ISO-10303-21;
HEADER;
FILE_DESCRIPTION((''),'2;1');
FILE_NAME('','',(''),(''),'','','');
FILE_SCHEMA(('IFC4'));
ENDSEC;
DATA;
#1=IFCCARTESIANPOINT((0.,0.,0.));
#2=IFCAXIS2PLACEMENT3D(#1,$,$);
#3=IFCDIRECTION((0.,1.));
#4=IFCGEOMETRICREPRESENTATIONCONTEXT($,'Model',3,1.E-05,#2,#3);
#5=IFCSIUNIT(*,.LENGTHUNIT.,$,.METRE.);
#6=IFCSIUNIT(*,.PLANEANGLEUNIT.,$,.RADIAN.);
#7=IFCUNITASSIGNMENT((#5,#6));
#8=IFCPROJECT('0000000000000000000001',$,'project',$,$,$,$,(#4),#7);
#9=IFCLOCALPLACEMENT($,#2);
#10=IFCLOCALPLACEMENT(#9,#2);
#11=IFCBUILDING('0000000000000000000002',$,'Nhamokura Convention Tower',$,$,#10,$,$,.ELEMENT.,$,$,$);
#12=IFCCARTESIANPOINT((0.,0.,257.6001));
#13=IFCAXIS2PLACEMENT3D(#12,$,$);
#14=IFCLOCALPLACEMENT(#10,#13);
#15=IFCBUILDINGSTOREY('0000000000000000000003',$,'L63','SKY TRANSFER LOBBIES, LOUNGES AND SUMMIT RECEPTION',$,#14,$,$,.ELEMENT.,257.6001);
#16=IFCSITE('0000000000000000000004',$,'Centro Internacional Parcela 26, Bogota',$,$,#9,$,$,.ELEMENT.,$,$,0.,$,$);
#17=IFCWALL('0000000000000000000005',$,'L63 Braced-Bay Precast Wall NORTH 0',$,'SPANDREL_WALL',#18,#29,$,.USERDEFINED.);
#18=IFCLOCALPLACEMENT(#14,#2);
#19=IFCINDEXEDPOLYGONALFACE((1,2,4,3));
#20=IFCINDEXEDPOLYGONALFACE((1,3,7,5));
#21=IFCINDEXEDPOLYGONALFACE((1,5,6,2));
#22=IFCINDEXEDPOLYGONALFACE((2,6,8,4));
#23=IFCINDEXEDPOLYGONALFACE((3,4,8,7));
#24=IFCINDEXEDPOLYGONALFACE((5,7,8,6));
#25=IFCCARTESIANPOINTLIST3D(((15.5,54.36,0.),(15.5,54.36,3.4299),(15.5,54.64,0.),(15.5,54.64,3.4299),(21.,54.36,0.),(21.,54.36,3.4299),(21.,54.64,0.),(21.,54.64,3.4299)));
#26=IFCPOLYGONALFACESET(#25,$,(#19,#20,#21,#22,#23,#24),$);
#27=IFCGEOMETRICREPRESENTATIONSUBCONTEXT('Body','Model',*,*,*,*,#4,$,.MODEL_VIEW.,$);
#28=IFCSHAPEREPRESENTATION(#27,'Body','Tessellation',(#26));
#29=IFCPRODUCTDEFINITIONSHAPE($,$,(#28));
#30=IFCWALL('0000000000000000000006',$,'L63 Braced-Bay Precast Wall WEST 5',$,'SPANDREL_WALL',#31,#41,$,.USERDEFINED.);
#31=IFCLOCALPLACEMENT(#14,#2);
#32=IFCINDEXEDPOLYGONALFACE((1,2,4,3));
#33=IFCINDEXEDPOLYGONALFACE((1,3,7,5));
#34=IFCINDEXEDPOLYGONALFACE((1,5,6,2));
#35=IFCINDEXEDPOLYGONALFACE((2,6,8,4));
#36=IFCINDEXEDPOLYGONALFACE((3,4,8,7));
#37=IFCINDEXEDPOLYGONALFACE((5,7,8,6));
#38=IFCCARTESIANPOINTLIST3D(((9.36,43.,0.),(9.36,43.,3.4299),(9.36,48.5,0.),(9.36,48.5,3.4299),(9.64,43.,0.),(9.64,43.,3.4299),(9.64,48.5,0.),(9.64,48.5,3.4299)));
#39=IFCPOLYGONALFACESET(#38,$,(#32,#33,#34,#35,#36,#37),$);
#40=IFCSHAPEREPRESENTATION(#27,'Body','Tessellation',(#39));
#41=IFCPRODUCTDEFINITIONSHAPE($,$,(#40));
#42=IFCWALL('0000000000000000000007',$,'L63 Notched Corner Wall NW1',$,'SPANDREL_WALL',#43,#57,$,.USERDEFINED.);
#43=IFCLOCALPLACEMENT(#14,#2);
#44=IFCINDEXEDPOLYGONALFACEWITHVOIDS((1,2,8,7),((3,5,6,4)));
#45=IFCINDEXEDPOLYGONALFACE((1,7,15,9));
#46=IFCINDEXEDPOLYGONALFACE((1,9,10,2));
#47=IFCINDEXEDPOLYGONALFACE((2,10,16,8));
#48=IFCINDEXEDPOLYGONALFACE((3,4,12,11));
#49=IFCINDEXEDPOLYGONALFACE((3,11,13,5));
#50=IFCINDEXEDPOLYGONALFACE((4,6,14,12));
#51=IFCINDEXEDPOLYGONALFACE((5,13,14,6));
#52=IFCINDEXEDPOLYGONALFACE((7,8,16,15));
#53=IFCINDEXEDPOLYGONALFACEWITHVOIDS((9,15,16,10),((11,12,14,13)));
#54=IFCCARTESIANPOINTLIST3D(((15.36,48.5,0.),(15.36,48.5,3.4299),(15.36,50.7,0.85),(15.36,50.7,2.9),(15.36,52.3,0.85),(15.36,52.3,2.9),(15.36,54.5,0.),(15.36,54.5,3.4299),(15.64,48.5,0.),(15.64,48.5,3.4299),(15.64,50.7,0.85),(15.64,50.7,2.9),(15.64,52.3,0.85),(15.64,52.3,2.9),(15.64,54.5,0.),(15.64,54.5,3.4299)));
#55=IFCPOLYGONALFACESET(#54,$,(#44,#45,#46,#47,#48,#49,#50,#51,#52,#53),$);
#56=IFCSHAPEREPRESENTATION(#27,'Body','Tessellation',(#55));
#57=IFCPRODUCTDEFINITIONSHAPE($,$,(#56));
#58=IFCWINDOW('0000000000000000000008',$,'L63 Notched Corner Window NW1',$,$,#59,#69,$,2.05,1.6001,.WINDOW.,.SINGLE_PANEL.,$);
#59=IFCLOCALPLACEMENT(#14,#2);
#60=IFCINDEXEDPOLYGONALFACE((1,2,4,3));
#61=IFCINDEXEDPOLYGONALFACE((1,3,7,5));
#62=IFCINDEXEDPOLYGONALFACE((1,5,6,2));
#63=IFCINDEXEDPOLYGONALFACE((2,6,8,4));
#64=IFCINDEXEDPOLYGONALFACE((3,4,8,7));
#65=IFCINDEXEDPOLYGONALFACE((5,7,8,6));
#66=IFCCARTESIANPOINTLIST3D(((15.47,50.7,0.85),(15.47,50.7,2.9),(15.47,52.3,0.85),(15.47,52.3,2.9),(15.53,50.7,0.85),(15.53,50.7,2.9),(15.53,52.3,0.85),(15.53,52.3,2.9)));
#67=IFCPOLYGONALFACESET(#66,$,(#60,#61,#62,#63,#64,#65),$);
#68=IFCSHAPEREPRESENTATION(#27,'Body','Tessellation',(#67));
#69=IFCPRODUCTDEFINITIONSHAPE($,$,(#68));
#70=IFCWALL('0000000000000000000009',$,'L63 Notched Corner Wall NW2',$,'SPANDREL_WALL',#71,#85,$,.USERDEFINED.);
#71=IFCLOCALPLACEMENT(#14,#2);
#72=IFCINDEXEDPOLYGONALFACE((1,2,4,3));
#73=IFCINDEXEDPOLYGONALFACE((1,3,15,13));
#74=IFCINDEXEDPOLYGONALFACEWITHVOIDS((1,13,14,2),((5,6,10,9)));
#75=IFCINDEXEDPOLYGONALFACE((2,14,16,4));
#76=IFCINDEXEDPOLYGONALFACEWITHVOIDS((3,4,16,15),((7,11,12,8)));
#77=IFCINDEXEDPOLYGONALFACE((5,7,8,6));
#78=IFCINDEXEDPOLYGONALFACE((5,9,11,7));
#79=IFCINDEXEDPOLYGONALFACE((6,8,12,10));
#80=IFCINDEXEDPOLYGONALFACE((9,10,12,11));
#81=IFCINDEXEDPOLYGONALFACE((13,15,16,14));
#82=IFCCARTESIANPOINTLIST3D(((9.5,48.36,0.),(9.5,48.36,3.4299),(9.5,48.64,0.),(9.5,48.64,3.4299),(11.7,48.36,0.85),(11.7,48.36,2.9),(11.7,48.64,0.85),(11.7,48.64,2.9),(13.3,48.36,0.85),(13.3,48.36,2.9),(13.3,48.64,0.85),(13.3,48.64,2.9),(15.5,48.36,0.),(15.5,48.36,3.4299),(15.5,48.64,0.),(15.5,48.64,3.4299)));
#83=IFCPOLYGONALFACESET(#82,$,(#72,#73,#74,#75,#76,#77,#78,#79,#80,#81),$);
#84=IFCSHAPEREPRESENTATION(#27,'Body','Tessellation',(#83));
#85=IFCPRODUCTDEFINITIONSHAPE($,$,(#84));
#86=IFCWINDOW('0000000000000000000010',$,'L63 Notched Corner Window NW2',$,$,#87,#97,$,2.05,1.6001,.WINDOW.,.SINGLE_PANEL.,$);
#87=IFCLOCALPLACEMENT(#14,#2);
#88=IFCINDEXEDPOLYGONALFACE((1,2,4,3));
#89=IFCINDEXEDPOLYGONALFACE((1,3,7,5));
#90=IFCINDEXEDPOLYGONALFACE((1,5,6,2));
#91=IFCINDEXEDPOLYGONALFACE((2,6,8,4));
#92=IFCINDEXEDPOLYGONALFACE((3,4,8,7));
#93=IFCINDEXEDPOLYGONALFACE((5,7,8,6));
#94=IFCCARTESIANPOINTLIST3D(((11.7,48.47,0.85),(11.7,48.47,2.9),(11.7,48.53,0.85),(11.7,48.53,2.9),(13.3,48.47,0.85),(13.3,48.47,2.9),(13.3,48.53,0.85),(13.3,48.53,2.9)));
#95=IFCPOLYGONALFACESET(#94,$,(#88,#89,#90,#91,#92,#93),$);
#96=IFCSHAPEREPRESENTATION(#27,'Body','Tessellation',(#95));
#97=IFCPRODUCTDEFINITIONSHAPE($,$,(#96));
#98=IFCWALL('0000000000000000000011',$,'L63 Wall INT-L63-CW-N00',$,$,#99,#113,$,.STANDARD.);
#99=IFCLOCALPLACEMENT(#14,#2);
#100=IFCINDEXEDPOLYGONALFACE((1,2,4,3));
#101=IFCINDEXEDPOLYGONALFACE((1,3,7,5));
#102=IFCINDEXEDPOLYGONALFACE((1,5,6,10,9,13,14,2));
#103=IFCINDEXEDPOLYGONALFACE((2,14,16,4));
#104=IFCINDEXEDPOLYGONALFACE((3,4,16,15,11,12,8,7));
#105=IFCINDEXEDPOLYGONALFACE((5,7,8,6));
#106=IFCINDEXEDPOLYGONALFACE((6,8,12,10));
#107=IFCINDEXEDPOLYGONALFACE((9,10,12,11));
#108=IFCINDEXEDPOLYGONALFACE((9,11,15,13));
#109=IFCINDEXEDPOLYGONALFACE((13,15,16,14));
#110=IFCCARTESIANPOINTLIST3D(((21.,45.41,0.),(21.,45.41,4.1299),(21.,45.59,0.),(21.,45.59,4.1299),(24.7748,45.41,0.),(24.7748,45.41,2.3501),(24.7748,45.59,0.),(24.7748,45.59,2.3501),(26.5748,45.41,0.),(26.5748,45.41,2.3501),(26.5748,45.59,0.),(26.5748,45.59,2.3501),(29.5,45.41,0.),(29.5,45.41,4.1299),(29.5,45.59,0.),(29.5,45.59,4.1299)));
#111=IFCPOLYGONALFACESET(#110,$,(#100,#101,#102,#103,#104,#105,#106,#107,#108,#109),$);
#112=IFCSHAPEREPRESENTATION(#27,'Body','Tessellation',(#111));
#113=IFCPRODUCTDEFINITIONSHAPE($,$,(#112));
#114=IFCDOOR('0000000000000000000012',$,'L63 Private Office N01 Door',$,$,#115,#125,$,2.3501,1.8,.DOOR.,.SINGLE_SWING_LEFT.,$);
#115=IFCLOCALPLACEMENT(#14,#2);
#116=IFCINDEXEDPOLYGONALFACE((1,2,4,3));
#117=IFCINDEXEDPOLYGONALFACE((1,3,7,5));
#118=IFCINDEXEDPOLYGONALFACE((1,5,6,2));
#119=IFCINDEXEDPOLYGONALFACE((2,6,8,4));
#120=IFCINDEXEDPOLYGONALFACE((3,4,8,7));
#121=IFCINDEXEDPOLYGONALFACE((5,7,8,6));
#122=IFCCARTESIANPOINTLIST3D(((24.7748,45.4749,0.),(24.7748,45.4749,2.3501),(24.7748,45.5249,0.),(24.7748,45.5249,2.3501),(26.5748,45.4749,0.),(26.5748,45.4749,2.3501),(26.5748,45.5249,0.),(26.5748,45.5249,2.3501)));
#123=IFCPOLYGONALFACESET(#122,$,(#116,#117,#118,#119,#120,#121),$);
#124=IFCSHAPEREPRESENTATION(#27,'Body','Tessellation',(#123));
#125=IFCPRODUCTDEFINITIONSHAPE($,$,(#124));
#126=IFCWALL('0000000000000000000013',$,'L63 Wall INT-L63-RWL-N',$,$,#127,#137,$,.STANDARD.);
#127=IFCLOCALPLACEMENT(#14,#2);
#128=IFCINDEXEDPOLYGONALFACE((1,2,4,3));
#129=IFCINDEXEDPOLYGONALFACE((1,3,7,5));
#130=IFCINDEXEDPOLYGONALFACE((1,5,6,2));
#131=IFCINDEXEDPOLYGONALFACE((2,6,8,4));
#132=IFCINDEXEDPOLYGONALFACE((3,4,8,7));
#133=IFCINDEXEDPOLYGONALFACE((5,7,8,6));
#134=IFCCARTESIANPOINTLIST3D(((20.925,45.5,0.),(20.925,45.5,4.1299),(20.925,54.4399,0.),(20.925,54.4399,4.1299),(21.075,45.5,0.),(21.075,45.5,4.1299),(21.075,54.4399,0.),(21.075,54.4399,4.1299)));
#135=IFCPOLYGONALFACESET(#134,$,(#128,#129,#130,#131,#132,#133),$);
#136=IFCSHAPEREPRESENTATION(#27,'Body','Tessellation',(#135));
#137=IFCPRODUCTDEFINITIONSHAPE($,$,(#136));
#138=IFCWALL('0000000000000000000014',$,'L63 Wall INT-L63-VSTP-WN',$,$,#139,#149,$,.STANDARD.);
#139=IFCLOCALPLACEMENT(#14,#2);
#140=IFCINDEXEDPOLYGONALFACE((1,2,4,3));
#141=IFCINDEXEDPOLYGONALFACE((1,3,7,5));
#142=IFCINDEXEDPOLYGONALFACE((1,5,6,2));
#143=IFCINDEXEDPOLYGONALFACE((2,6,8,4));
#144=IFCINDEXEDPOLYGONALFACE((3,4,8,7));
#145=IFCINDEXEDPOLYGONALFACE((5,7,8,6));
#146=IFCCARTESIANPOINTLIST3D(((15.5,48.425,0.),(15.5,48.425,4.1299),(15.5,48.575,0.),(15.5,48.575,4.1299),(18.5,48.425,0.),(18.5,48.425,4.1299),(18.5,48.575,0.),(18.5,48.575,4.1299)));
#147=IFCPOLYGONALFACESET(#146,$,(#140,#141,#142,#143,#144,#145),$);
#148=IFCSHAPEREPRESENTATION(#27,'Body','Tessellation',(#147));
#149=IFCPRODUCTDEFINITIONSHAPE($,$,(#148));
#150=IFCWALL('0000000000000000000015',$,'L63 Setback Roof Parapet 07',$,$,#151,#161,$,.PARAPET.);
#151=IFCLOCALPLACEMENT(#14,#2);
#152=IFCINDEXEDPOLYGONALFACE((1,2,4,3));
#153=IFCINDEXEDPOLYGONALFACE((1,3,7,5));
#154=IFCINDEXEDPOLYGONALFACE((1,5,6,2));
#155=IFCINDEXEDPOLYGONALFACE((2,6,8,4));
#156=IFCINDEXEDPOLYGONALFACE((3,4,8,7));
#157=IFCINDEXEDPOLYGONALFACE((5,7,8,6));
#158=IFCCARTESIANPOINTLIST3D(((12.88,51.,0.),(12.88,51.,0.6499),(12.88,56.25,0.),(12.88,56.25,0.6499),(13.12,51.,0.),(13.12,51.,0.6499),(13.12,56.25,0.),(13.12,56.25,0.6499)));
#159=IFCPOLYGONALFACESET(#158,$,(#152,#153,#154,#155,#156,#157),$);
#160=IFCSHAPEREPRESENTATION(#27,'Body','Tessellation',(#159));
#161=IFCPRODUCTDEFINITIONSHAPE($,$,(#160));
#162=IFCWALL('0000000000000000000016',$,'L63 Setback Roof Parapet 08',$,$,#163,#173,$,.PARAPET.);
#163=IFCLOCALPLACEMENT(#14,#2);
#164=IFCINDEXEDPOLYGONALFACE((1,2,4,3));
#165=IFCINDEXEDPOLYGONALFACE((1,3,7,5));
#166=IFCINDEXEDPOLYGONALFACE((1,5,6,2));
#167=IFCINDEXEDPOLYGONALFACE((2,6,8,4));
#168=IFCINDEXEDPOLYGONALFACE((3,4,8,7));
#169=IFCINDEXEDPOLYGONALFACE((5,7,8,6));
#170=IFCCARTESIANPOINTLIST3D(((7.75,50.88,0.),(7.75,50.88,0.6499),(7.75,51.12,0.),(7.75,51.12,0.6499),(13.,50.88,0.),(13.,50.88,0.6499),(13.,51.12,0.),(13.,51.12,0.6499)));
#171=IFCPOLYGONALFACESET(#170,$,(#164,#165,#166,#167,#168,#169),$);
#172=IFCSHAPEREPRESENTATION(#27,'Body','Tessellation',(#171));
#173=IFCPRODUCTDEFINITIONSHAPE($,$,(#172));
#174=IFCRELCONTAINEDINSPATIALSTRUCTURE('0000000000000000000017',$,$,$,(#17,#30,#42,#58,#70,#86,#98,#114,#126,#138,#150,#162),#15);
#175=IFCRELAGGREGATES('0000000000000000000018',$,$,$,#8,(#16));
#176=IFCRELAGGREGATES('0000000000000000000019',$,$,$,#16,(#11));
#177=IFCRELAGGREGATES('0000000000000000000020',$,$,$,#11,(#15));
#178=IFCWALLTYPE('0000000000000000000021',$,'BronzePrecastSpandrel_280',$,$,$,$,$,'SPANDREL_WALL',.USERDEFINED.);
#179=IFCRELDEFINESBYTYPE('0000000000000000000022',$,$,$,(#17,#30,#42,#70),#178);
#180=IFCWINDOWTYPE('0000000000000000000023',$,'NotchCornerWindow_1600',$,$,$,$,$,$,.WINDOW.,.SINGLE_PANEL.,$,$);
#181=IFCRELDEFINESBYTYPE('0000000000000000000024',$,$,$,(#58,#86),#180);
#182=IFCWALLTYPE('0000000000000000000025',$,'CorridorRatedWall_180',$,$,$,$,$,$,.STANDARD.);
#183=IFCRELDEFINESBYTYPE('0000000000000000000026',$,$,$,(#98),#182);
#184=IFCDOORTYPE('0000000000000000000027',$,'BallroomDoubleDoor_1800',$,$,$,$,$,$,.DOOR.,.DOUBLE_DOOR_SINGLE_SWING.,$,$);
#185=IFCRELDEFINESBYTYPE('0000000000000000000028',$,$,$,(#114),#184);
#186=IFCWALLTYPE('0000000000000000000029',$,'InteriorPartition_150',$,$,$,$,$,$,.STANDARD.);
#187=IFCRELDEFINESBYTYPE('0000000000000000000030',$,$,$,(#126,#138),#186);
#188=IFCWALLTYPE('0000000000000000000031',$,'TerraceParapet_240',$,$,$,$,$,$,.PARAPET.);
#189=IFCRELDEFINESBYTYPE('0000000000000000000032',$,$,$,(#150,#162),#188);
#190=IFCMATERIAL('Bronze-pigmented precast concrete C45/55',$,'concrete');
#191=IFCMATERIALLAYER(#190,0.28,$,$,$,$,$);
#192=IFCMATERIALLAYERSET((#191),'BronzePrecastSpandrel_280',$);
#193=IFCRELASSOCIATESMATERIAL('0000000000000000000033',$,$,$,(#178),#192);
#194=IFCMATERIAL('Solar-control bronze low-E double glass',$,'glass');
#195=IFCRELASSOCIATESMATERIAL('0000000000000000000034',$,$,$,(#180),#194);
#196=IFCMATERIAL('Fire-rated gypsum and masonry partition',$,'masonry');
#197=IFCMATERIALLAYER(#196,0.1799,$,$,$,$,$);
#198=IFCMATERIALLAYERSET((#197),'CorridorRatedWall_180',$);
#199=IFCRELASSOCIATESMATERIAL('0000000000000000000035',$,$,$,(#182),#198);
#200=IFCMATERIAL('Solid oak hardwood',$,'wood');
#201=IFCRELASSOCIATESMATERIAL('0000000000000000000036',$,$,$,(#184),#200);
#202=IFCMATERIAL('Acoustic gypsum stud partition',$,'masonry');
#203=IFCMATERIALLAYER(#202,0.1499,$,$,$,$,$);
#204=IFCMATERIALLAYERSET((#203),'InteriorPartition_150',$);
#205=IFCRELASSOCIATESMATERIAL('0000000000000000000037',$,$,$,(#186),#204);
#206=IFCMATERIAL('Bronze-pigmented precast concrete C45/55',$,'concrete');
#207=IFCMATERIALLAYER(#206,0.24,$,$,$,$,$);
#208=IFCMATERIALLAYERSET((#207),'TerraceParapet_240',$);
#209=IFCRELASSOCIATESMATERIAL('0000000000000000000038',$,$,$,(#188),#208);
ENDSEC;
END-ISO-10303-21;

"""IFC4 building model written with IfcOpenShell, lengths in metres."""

from ifc_helpers import new_model, si_unit, direction, frame, frame_2d, origin, place, context, subcontext, project, spatial, rectangle, extrude, material, layer, layer_set, type_object, element, fill, save


model = new_model("IFC4")

# Units and contexts
model_context = context("Model", 3, precision=1e-05, world=origin(), true_north=direction((0.0, 1.0)))
body_context = subcontext(model_context, "Body", "Model", "MODEL_VIEW")
ifc_project = project(units=[si_unit("LENGTHUNIT", "METRE"), si_unit("PLANEANGLEUNIT", "RADIAN")], contexts=[model_context])

# Site, building, storey
site_placement = place(None, origin())
site = spatial("IfcSite", under=ifc_project, at=site_placement, Name="Centro Internacional Parcela 26, Bogota", CompositionType="ELEMENT", RefElevation=0.0)
building_placement = place(site_placement, origin())
building = spatial("IfcBuilding", under=site, at=building_placement, Name="Nhamokura Convention Tower", CompositionType="ELEMENT")
storey_placement = place(building_placement, frame((0.0, 0.0, 257.6001)))
storey = spatial("IfcBuildingStorey", under=building, at=storey_placement, Name="L63", Description="SKY TRANSFER LOBBIES, LOUNGES AND SUMMIT RECEPTION", CompositionType="ELEMENT", Elevation=257.6001)

# Walls
ifc_material_1 = material(Name="Bronze-pigmented precast concrete C45/55", Category="concrete")
ifc_layer_1 = layer(ifc_material_1, 0.28)
ifc_layer_set_1 = layer_set([ifc_layer_1], Name="BronzePrecastSpandrel_280")
wall_type_1 = type_object("IfcWallType", Name="BronzePrecastSpandrel_280", ElementType="SPANDREL_WALL", PredefinedType="USERDEFINED", material=ifc_layer_set_1)
for number, where, z_axis, x_axis, name in (
    (1, (15.5, 54.5, 0.0), (0.0, 0.0, 1.0), (1.0, 0.0, 0.0), "L63 Braced-Bay Precast Wall NORTH 0"),
    (2, (9.5, 43.0, 0.0), (0.0, 0.0, 1.0), (0.0, 1.0, 0.0), "L63 Braced-Bay Precast Wall WEST 5"),
):
    element("IfcWall", number, at=place(storey_placement, frame(where, z_axis=z_axis, x_axis=x_axis)), inside=storey, type_object=wall_type_1, Name=name, ObjectType="SPANDREL_WALL", PredefinedType="USERDEFINED", context=body_context, shape_type="SweptSolid", body=[
        extrude(rectangle(XDim=5.5, YDim=0.28, at=frame_2d((2.75, 0.0))), origin(), (0.0, 0.0, 1.0), 3.4299),
    ])

# Walls, openings, windows
wall_1_placement = place(storey_placement, frame((15.5, 48.5, 0.0), z_axis=(0.0, 0.0, 1.0), x_axis=(0.0, 1.0, 0.0)))
wall_1 = element("IfcWall", 3, at=wall_1_placement, inside=storey, type_object=wall_type_1, Name="L63 Notched Corner Wall NW1", ObjectType="SPANDREL_WALL", PredefinedType="USERDEFINED", context=body_context, shape_type="SweptSolid", body=[
    extrude(rectangle(XDim=6.0, YDim=0.28, at=frame_2d((3.0, 0.0))), origin(), (0.0, 0.0, 1.0), 3.4299),
])
opening_1_placement = place(wall_1_placement, frame((2.2, 0.0, 0.8501)))
opening_1 = element("IfcOpeningElement", 4, at=opening_1_placement, cuts=wall_1, PredefinedType="OPENING", context=body_context, shape_type="SweptSolid", body=[
    extrude(rectangle(XDim=1.6001, YDim=2.05, at=frame_2d((0.8, 1.0249))), frame((0.0, 0.1499, 0.0), z_axis=(0.0, -1.0, 0.0), x_axis=(1.0, 0.0, 0.0)), (0.0, 0.0, 1.0), 0.3),
])
ifc_material_2 = material(Name="Solar-control bronze low-E double glass", Category="glass")
window_type = type_object("IfcWindowType", Name="NotchCornerWindow_1600", PartitioningType="SINGLE_PANEL", PredefinedType="WINDOW", material=ifc_material_2)
window_1_placement = place(opening_1_placement, origin())
window_1 = element("IfcWindow", 5, at=window_1_placement, inside=storey, type_object=window_type, Name="L63 Notched Corner Window NW1", OverallHeight=2.05, OverallWidth=1.6001, PartitioningType="SINGLE_PANEL", PredefinedType="WINDOW", context=body_context, shape_type="SweptSolid", body=[
    extrude(rectangle(XDim=1.6001, YDim=2.05, at=frame_2d((0.8, 1.0249))), frame((0.0, 0.03, 0.0), z_axis=(0.0, -1.0, 0.0), x_axis=(1.0, 0.0, 0.0)), (0.0, 0.0, 1.0), 0.0601),
])
fill(opening_1, window_1)
wall_2_placement = place(storey_placement, frame((9.5, 48.5, 0.0), z_axis=(0.0, 0.0, 1.0), x_axis=(1.0, 0.0, 0.0)))
wall_2 = element("IfcWall", 6, at=wall_2_placement, inside=storey, type_object=wall_type_1, Name="L63 Notched Corner Wall NW2", ObjectType="SPANDREL_WALL", PredefinedType="USERDEFINED", context=body_context, shape_type="SweptSolid", body=[
    extrude(rectangle(XDim=6.0, YDim=0.28, at=frame_2d((3.0, 0.0))), origin(), (0.0, 0.0, 1.0), 3.4299),
])
opening_2_placement = place(wall_2_placement, frame((2.2, 0.0, 0.8501)))
opening_2 = element("IfcOpeningElement", 7, at=opening_2_placement, cuts=wall_2, PredefinedType="OPENING", context=body_context, shape_type="SweptSolid", body=[
    extrude(rectangle(XDim=1.6001, YDim=2.05, at=frame_2d((0.8, 1.0249))), frame((0.0, 0.1499, 0.0), z_axis=(0.0, -1.0, 0.0), x_axis=(1.0, 0.0, 0.0)), (0.0, 0.0, 1.0), 0.3),
])
window_2_placement = place(opening_2_placement, origin())
window_2 = element("IfcWindow", 8, at=window_2_placement, inside=storey, type_object=window_type, Name="L63 Notched Corner Window NW2", OverallHeight=2.05, OverallWidth=1.6001, PartitioningType="SINGLE_PANEL", PredefinedType="WINDOW", context=body_context, shape_type="SweptSolid", body=[
    extrude(rectangle(XDim=1.6001, YDim=2.05, at=frame_2d((0.8, 1.0249))), frame((0.0, 0.03, 0.0), z_axis=(0.0, -1.0, 0.0), x_axis=(1.0, 0.0, 0.0)), (0.0, 0.0, 1.0), 0.0601),
])
fill(opening_2, window_2)

# Wall, opening, door
ifc_material_3 = material(Name="Fire-rated gypsum and masonry partition", Category="masonry")
ifc_layer_2 = layer(ifc_material_3, 0.1799)
ifc_layer_set_2 = layer_set([ifc_layer_2], Name="CorridorRatedWall_180")
wall_type_2 = type_object("IfcWallType", Name="CorridorRatedWall_180", PredefinedType="STANDARD", material=ifc_layer_set_2)
wall_3_placement = place(storey_placement, frame((21.0, 45.5, 0.0), z_axis=(0.0, 0.0, 1.0), x_axis=(1.0, 0.0, 0.0)))
wall_3 = element("IfcWall", 9, at=wall_3_placement, inside=storey, type_object=wall_type_2, Name="L63 Wall INT-L63-CW-N00", PredefinedType="STANDARD", context=body_context, shape_type="SweptSolid", body=[
    extrude(rectangle(XDim=8.5, YDim=0.1799, at=frame_2d((4.25, 0.0))), origin(), (0.0, 0.0, 1.0), 4.1299),
])
opening_3_placement = place(wall_3_placement, frame((3.7749, 0.0, 0.0)))
opening_3 = element("IfcOpeningElement", 10, at=opening_3_placement, cuts=wall_3, PredefinedType="OPENING", context=body_context, shape_type="SweptSolid", body=[
    extrude(rectangle(XDim=1.8, YDim=2.3501, at=frame_2d((0.8999, 1.175))), frame((0.0, 0.0999, 0.0), z_axis=(0.0, -1.0, 0.0), x_axis=(1.0, 0.0, 0.0)), (0.0, 0.0, 1.0), 0.2),
])
ifc_material_4 = material(Name="Solid oak hardwood", Category="wood")
door_type = type_object("IfcDoorType", Name="BallroomDoubleDoor_1800", OperationType="DOUBLE_DOOR_SINGLE_SWING", PredefinedType="DOOR", material=ifc_material_4)
door_placement = place(opening_3_placement, origin())
door = element("IfcDoor", 11, at=door_placement, inside=storey, type_object=door_type, Name="L63 Private Office N01 Door", OperationType="SINGLE_SWING_LEFT", OverallHeight=2.3501, OverallWidth=1.8, PredefinedType="DOOR", context=body_context, shape_type="SweptSolid", body=[
    extrude(rectangle(XDim=1.8, YDim=2.3501, at=frame_2d((0.8999, 1.175))), frame((0.0, 0.0249, 0.0), z_axis=(0.0, -1.0, 0.0), x_axis=(1.0, 0.0, 0.0)), (0.0, 0.0, 1.0), 0.05),
])
fill(opening_3, door)

# Walls
ifc_material_5 = material(Name="Acoustic gypsum stud partition", Category="masonry")
ifc_layer_3 = layer(ifc_material_5, 0.1499)
ifc_layer_set_3 = layer_set([ifc_layer_3], Name="InteriorPartition_150")
wall_type_3 = type_object("IfcWallType", Name="InteriorPartition_150", PredefinedType="STANDARD", material=ifc_layer_set_3)
wall_4_placement = place(storey_placement, frame((21.0, 45.5, 0.0), z_axis=(0.0, 0.0, 1.0), x_axis=(0.0, 1.0, 0.0)))
element("IfcWall", 12, at=wall_4_placement, inside=storey, type_object=wall_type_3, Name="L63 Wall INT-L63-RWL-N", PredefinedType="STANDARD", context=body_context, shape_type="SweptSolid", body=[
    extrude(rectangle(XDim=8.9399, YDim=0.1499, at=frame_2d((4.47, 0.0))), origin(), (0.0, 0.0, 1.0), 4.1299),
])
wall_5_placement = place(storey_placement, frame((15.5, 48.5, 0.0), z_axis=(0.0, 0.0, 1.0), x_axis=(1.0, 0.0, 0.0)))
element("IfcWall", 13, at=wall_5_placement, inside=storey, type_object=wall_type_3, Name="L63 Wall INT-L63-VSTP-WN", PredefinedType="STANDARD", context=body_context, shape_type="SweptSolid", body=[
    extrude(rectangle(XDim=3.0, YDim=0.1499, at=frame_2d((1.5, 0.0))), origin(), (0.0, 0.0, 1.0), 4.1299),
])
ifc_material_6 = material(Name="Bronze-pigmented precast concrete C45/55", Category="concrete")
ifc_layer_4 = layer(ifc_material_6, 0.24)
ifc_layer_set_4 = layer_set([ifc_layer_4], Name="TerraceParapet_240")
wall_type_4 = type_object("IfcWallType", Name="TerraceParapet_240", PredefinedType="PARAPET", material=ifc_layer_set_4)
for number, where, z_axis, x_axis, name in (
    (14, (13.0, 56.25, 0.0), (0.0, 0.0, 1.0), (0.0, -1.0, 0.0), "L63 Setback Roof Parapet 07"),
    (15, (13.0, 51.0, 0.0), (0.0, 0.0, 1.0), (-1.0, 0.0, 0.0), "L63 Setback Roof Parapet 08"),
):
    element("IfcWall", number, at=place(storey_placement, frame(where, z_axis=z_axis, x_axis=x_axis)), inside=storey, type_object=wall_type_4, Name=name, PredefinedType="PARAPET", context=body_context, shape_type="SweptSolid", body=[
        extrude(rectangle(XDim=5.25, YDim=0.24, at=frame_2d((2.625, 0.0))), origin(), (0.0, 0.0, 1.0), 0.6499),
    ])

save(model, "model.ifc")
